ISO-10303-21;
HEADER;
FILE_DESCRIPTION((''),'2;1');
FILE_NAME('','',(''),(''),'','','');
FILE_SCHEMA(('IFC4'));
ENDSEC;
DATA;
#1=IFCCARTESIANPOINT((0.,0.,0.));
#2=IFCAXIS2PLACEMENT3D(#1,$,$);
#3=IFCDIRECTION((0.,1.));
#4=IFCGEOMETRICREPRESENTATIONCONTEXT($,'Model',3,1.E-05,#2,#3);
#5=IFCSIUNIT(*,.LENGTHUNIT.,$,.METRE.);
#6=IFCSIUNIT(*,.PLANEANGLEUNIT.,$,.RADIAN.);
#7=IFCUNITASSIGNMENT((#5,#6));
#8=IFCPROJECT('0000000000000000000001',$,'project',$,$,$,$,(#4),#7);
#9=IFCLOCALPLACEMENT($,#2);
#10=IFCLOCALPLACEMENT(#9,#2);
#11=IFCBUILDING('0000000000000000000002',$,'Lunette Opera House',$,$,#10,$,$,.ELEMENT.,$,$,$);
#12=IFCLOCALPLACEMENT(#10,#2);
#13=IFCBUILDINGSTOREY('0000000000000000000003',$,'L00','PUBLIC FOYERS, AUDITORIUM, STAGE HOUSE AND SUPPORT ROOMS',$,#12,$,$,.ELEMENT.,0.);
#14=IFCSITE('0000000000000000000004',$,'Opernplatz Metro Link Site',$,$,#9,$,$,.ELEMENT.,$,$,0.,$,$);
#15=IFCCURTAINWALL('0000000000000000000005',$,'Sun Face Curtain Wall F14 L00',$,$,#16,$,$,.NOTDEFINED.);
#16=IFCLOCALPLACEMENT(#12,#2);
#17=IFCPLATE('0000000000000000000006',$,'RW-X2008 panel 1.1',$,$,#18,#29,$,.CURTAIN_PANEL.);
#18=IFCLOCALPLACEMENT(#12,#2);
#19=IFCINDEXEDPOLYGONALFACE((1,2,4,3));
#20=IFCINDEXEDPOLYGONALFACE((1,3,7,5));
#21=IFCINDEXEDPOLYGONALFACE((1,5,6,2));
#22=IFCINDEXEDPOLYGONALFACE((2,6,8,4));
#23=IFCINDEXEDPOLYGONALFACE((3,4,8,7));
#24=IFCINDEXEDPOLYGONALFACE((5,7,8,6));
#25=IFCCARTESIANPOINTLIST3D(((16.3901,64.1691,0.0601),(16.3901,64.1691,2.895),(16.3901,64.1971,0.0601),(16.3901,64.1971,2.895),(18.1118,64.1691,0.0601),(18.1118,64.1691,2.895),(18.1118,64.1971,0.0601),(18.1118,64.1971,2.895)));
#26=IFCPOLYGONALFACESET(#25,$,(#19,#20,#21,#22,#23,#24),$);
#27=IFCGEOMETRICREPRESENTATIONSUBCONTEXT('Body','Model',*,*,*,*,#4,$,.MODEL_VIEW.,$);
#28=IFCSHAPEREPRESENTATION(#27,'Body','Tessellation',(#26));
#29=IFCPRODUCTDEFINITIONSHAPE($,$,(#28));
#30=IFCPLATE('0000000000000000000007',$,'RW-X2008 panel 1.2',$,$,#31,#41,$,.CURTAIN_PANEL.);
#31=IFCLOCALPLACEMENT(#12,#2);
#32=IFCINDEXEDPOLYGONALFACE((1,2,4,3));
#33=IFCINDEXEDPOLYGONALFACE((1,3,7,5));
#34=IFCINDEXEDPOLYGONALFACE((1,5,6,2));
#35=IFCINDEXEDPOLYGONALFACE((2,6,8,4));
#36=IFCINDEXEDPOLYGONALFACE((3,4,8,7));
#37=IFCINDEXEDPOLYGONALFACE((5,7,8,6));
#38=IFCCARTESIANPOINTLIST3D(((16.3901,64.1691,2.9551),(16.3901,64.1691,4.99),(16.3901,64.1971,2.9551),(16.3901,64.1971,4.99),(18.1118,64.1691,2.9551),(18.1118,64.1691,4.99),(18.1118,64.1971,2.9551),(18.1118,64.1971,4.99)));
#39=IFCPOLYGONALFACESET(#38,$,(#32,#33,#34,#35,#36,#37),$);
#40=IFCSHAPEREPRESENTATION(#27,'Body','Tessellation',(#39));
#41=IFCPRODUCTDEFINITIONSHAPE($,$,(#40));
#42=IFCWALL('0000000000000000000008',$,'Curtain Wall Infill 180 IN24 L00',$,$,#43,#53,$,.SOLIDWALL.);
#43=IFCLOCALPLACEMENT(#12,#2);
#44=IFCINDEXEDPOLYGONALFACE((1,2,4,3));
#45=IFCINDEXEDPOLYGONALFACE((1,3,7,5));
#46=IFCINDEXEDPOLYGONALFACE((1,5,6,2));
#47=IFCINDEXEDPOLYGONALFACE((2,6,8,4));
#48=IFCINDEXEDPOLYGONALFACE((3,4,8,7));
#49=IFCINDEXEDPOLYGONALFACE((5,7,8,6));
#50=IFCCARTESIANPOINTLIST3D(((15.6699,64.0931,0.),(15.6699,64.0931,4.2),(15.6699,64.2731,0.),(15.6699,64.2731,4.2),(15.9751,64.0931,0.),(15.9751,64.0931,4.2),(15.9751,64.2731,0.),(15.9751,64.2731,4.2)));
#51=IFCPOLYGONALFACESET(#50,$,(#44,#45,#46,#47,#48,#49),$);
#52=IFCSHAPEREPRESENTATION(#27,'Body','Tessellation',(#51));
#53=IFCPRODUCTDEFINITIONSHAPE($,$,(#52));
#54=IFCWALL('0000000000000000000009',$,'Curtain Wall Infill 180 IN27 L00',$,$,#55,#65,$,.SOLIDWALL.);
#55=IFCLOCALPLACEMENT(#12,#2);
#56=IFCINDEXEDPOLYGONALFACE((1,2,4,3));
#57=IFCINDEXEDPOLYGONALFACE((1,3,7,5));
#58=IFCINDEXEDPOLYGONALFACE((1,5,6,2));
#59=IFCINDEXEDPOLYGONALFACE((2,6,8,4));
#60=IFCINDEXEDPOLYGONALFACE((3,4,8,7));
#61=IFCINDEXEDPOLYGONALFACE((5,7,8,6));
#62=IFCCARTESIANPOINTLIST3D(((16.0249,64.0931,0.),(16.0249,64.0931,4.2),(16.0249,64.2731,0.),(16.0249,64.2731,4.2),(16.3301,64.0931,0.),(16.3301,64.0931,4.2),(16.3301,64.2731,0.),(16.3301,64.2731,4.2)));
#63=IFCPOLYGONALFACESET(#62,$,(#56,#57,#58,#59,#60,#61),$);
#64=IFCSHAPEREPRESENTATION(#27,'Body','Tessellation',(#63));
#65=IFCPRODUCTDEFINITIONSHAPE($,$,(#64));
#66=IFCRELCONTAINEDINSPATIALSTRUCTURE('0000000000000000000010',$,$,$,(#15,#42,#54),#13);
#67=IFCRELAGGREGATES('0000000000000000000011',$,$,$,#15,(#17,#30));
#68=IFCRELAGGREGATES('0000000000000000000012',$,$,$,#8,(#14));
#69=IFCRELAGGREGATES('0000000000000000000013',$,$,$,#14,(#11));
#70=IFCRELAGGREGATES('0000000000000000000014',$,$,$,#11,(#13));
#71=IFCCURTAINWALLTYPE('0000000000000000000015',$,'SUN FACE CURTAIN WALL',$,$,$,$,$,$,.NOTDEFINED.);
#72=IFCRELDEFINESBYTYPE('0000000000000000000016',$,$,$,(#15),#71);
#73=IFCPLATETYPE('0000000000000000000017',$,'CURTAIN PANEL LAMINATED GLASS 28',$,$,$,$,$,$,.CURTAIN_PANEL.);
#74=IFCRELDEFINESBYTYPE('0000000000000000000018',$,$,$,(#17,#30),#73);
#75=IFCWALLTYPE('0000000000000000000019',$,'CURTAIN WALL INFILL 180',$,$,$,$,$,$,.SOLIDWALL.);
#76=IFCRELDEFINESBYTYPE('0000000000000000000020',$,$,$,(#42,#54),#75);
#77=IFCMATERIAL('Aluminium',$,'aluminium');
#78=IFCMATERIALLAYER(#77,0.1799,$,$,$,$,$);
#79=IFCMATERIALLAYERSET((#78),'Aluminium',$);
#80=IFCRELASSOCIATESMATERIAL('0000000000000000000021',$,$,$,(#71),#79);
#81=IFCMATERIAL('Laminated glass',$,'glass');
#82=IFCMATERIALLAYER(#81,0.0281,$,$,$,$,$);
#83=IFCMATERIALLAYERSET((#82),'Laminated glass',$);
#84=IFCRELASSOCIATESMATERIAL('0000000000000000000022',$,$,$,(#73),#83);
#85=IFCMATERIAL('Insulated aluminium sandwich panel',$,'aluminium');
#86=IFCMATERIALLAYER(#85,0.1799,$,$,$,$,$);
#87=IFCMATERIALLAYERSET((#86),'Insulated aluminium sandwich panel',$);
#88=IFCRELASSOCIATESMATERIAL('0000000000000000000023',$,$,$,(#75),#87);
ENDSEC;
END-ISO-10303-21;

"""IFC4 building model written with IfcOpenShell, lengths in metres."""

from ifc_helpers import new_model, si_unit, direction, frame, frame_2d, origin, origin_2d, place, context, subcontext, project, spatial, rectangle, extrude, material, layer, layer_set, type_object, element, aggregate, save


model = new_model("IFC4")

# Units and contexts
model_context = context("Model", 3, precision=1e-05, world=origin(), true_north=direction((0.0, 1.0)))
body_context = subcontext(model_context, "Body", "Model", "MODEL_VIEW")
ifc_project = project(units=[si_unit("LENGTHUNIT", "METRE"), si_unit("PLANEANGLEUNIT", "RADIAN")], contexts=[model_context])

# Site, building, storey
site_placement = place(None, origin())
site = spatial("IfcSite", under=ifc_project, at=site_placement, Name="Opernplatz Metro Link Site", CompositionType="ELEMENT", RefElevation=0.0)
building_placement = place(site_placement, origin())
building = spatial("IfcBuilding", under=site, at=building_placement, Name="Lunette Opera House", CompositionType="ELEMENT")
storey_placement = place(building_placement, origin())
storey = spatial("IfcBuildingStorey", under=building, at=storey_placement, Name="L00", Description="PUBLIC FOYERS, AUDITORIUM, STAGE HOUSE AND SUPPORT ROOMS", CompositionType="ELEMENT", Elevation=0.0)

# Curtain wall
ifc_material_1 = material(Name="Aluminium", Category="aluminium")
ifc_layer_1 = layer(ifc_material_1, 0.1799)
ifc_layer_set_1 = layer_set([ifc_layer_1], Name="Aluminium")
curtain_wall_type = type_object("IfcCurtainWallType", Name="SUN FACE CURTAIN WALL", PredefinedType="NOTDEFINED", material=ifc_layer_set_1)
curtain_wall_1_placement = place(storey_placement, origin())
curtain_wall_1 = element("IfcCurtainWall", 1, at=curtain_wall_1_placement, inside=storey, type_object=curtain_wall_type, Name="Sun Face Curtain Wall F14 L00", PredefinedType="NOTDEFINED")

# Plates
ifc_material_2 = material(Name="Laminated glass", Category="glass")
ifc_layer_2 = layer(ifc_material_2, 0.0281)
ifc_layer_set_2 = layer_set([ifc_layer_2], Name="Laminated glass")
plate_type = type_object("IfcPlateType", Name="CURTAIN PANEL LAMINATED GLASS 28", PredefinedType="CURTAIN_PANEL", material=ifc_layer_set_2)
plate_1_placement = place(storey_placement, frame((17.251, 64.1831, 0.0601), z_axis=(0.0, 0.0, 1.0), x_axis=(1.0, 0.0, 0.0)))
plate_1 = element("IfcPlate", 2, at=plate_1_placement, type_object=plate_type, Name="RW-X2008 panel 1.1", PredefinedType="CURTAIN_PANEL", context=body_context, shape_type="SweptSolid", body=[
    extrude(rectangle(XDim=1.7217, YDim=0.0281, at=origin_2d()), origin(), (0.0, 0.0, 1.0), 2.835),
])
plate_2_placement = place(storey_placement, frame((17.251, 64.1831, 2.9551), z_axis=(0.0, 0.0, 1.0), x_axis=(1.0, 0.0, 0.0)))
plate_2 = element("IfcPlate", 3, at=plate_2_placement, type_object=plate_type, Name="RW-X2008 panel 1.2", PredefinedType="CURTAIN_PANEL", context=body_context, shape_type="SweptSolid", body=[
    extrude(rectangle(XDim=1.7217, YDim=0.0281, at=origin_2d()), origin(), (0.0, 0.0, 1.0), 2.0349),
])
aggregate(curtain_wall_1, [plate_1, plate_2])

# Walls
ifc_material_3 = material(Name="Insulated aluminium sandwich panel", Category="aluminium")
ifc_layer_3 = layer(ifc_material_3, 0.1799)
ifc_layer_set_3 = layer_set([ifc_layer_3], Name="Insulated aluminium sandwich panel")
wall_type = type_object("IfcWallType", Name="CURTAIN WALL INFILL 180", PredefinedType="SOLIDWALL", material=ifc_layer_set_3)
for number, where, z_axis, x_axis, name in (
    (4, (15.6699, 64.1831, 0.0), (0.0, 0.0, 1.0), (1.0, 0.0, 0.0), "Curtain Wall Infill 180 IN24 L00"),
    (5, (16.3301, 64.1831, 0.0), (0.0, 0.0, 1.0), (-1.0, 0.0, 0.0), "Curtain Wall Infill 180 IN27 L00"),
):
    element("IfcWall", number, at=place(storey_placement, frame(where, z_axis=z_axis, x_axis=x_axis)), inside=storey, type_object=wall_type, Name=name, PredefinedType="SOLIDWALL", context=body_context, shape_type="SweptSolid", body=[
        extrude(rectangle(XDim=0.3052, YDim=0.1799, at=frame_2d((0.1526, 0.0))), origin(), (0.0, 0.0, 1.0), 4.2),
    ])

save(model, "model.ifc")
